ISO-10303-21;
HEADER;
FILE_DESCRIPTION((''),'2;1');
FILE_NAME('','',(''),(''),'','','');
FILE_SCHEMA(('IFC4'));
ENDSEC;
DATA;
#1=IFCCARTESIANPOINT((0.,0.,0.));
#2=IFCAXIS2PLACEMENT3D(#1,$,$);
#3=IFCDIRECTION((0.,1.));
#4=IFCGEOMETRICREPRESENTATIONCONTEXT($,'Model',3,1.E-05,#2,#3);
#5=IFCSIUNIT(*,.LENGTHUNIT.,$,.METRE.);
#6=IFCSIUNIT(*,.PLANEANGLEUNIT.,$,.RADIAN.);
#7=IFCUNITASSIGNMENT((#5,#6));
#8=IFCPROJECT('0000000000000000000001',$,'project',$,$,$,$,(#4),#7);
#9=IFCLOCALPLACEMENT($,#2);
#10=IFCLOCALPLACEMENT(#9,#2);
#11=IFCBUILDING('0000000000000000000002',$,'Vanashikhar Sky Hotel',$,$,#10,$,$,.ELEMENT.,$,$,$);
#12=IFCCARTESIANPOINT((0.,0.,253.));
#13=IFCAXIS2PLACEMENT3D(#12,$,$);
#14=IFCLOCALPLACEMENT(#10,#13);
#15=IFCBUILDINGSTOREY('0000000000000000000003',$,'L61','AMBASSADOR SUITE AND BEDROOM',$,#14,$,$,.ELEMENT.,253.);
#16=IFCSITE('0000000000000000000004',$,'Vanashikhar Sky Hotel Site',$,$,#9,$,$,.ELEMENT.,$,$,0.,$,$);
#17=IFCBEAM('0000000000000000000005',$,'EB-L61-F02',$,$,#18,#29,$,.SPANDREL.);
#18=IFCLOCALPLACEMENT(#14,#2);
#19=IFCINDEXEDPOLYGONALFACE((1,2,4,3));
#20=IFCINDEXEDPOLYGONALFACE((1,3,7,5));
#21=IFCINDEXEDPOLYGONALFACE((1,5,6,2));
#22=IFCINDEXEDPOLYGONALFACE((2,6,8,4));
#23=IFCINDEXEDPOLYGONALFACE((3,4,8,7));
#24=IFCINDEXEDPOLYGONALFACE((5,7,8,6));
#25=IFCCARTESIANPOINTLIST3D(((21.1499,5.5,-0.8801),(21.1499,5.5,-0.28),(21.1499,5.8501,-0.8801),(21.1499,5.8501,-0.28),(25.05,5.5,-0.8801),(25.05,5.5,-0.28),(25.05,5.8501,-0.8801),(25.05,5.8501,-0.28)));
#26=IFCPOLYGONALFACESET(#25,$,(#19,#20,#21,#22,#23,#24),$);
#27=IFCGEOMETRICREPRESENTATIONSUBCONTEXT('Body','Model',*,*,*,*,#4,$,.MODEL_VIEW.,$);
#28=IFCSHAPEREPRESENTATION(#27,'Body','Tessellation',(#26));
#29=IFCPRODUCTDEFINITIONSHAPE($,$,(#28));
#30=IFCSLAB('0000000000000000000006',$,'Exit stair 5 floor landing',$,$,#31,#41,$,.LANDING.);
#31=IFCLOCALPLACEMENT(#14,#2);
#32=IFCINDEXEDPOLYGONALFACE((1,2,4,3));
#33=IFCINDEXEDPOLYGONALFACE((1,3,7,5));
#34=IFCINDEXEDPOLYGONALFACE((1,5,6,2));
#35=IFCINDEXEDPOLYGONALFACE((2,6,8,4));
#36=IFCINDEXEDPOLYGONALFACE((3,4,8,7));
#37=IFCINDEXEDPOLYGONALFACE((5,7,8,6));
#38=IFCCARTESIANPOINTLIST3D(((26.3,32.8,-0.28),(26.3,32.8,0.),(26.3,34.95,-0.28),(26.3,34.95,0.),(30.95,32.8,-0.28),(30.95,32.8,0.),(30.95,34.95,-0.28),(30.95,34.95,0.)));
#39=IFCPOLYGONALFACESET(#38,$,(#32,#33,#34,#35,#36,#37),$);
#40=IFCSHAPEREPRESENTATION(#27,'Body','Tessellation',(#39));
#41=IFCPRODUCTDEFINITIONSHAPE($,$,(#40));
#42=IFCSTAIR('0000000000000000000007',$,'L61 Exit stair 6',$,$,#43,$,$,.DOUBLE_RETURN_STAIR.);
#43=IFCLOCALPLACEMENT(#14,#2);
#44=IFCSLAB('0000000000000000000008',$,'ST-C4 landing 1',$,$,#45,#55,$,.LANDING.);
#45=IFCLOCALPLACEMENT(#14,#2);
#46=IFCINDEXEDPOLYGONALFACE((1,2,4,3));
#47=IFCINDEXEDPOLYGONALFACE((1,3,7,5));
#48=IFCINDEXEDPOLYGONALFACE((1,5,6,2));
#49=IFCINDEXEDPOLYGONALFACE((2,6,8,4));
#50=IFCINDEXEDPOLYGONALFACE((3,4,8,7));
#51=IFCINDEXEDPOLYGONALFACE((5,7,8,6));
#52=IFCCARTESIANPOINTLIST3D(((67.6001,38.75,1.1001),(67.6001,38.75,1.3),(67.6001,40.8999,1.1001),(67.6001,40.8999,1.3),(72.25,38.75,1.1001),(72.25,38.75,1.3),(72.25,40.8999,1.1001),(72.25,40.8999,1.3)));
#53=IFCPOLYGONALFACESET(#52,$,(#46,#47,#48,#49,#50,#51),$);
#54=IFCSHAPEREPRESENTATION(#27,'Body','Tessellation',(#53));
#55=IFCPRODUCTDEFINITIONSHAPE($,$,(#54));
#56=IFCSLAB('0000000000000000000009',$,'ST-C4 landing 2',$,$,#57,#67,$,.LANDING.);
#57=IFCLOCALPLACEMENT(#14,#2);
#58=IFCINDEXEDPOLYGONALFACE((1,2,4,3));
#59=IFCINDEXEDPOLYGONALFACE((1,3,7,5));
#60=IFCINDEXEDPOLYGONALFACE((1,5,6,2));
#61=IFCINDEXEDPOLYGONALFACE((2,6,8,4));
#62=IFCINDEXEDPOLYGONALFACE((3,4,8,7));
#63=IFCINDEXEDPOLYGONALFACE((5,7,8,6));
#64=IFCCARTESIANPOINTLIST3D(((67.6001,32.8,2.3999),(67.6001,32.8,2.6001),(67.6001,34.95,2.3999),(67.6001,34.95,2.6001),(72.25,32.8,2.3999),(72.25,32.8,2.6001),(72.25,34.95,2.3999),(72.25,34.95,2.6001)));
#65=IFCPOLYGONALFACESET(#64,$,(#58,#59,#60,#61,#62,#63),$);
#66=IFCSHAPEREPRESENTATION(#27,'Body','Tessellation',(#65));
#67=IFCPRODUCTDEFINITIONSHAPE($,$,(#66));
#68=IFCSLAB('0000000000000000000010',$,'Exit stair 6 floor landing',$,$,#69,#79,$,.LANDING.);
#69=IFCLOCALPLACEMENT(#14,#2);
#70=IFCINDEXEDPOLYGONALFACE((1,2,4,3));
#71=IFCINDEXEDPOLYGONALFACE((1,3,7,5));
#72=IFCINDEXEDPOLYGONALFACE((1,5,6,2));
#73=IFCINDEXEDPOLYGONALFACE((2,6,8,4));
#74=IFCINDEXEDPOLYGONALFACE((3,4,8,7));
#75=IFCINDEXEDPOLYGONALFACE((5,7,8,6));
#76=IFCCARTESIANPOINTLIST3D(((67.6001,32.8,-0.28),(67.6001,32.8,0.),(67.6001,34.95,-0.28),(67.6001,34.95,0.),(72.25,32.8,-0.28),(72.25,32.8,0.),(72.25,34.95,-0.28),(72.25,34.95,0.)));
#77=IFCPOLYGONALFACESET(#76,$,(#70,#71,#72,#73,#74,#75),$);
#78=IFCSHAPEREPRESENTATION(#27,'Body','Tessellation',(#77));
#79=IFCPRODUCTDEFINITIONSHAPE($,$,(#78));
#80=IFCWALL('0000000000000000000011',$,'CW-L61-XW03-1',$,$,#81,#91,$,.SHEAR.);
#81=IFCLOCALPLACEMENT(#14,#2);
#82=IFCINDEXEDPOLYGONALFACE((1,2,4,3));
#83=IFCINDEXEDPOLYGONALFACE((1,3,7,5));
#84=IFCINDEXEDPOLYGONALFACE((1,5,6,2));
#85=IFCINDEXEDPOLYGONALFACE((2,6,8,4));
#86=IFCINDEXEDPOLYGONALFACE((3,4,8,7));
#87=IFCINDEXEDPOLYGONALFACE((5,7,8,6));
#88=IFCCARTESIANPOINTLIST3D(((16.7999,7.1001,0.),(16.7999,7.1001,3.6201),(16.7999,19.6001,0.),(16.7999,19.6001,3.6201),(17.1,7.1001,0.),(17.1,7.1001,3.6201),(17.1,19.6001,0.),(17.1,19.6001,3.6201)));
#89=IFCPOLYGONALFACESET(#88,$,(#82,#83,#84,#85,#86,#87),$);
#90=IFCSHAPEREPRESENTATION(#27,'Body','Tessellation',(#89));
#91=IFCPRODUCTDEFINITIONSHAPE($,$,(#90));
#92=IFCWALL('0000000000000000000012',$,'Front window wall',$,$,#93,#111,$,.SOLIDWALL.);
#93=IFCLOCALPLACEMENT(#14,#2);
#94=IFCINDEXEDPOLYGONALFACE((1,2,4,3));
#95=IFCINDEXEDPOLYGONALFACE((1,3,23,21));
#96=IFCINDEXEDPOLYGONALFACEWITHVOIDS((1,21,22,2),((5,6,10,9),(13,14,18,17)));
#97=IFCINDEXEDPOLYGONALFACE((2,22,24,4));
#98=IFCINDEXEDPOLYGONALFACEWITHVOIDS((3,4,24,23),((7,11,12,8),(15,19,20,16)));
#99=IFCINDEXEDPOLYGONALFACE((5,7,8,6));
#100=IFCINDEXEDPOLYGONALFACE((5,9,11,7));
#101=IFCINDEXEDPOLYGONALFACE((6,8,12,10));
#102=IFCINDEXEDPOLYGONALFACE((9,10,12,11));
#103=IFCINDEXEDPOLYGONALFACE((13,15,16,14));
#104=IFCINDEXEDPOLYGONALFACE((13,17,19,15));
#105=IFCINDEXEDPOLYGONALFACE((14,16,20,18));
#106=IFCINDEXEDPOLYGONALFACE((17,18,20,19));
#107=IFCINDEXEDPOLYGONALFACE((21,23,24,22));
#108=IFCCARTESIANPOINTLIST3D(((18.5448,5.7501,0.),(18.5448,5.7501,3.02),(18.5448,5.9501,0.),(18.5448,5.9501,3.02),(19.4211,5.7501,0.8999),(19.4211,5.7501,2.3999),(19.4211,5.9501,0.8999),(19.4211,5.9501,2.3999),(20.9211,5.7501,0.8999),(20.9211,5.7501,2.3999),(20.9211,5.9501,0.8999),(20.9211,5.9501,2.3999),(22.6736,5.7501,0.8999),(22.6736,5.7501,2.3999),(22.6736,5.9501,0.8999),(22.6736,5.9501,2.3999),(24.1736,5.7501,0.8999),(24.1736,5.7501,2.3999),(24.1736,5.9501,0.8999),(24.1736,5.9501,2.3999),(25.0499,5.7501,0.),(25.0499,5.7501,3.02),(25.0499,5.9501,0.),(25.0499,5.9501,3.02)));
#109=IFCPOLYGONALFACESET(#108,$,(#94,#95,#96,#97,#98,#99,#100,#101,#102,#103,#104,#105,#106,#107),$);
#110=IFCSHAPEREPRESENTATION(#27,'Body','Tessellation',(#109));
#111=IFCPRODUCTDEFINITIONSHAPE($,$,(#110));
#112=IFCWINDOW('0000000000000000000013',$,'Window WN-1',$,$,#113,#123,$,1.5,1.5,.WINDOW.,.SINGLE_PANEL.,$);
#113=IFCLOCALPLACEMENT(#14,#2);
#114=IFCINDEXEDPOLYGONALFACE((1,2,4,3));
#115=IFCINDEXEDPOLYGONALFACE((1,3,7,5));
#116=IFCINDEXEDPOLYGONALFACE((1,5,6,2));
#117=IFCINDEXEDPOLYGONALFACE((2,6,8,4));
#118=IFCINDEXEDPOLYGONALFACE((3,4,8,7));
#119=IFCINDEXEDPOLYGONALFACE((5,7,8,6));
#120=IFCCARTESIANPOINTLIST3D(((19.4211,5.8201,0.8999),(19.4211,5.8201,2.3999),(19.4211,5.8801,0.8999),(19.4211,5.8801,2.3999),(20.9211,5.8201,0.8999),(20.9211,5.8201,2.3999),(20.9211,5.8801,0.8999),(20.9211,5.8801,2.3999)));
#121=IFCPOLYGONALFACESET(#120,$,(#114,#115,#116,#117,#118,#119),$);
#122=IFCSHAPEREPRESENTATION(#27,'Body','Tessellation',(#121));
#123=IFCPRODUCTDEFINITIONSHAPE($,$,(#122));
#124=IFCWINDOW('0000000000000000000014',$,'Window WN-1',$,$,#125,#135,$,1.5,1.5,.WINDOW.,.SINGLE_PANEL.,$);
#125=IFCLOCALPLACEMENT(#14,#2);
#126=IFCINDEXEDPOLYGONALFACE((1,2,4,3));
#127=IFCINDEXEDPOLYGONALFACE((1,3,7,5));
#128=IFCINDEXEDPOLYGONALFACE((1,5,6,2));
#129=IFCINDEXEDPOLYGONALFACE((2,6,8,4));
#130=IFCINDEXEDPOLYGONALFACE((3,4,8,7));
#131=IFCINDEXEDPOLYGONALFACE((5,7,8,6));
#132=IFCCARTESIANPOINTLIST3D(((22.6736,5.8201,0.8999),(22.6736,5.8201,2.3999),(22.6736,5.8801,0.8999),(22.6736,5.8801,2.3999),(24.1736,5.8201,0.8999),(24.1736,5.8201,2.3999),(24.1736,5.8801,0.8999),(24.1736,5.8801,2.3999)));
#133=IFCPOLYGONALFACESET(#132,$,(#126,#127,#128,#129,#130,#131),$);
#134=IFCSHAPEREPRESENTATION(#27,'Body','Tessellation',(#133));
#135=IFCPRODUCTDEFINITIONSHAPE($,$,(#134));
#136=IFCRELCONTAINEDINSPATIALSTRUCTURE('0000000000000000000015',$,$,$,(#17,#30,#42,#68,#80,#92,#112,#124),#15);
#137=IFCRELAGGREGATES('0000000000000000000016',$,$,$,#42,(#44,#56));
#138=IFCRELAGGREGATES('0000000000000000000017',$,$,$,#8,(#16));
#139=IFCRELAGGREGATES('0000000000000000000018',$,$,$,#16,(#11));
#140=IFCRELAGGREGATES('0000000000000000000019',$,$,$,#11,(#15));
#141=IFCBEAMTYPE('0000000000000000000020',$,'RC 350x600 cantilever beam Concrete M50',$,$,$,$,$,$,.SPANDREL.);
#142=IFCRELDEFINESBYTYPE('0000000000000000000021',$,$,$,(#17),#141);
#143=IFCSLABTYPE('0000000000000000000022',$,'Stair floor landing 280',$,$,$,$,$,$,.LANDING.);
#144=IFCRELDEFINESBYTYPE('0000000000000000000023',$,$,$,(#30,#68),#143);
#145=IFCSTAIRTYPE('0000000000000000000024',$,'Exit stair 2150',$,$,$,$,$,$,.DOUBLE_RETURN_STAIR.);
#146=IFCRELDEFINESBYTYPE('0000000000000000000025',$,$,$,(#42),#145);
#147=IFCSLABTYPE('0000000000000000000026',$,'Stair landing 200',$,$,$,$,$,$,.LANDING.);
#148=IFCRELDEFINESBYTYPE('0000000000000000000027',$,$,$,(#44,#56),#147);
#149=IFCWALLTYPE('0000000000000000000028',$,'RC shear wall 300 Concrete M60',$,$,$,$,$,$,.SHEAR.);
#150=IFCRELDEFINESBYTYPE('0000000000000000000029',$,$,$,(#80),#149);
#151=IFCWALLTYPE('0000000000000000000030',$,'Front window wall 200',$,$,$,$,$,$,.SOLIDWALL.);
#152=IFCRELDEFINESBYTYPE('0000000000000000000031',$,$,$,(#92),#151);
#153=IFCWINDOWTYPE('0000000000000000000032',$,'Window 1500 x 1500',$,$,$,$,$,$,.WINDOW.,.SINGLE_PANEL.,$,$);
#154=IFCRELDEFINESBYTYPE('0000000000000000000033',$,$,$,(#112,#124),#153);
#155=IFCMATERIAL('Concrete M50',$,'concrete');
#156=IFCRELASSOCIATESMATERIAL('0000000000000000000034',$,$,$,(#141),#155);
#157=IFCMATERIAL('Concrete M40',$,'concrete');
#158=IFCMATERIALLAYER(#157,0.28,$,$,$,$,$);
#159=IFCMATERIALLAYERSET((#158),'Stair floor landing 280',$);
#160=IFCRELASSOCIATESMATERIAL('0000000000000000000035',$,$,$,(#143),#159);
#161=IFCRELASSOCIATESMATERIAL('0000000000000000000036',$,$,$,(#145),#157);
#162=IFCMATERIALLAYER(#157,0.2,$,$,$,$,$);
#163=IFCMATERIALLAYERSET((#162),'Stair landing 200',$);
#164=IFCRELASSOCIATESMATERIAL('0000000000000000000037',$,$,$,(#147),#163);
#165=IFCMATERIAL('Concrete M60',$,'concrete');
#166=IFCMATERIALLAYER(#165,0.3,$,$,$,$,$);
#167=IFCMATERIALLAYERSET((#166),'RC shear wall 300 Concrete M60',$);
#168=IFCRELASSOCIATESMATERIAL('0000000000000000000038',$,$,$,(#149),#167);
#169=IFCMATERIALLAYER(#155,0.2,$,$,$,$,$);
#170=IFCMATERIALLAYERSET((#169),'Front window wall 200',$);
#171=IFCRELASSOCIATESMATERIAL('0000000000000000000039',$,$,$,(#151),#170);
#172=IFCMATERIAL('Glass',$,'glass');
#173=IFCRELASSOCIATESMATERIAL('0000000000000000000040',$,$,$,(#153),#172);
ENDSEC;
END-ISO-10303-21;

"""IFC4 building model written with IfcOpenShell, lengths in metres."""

from ifc_helpers import new_model, si_unit, direction, frame, frame_2d, origin, origin_2d, place, context, subcontext, project, spatial, polyline, rectangle, outline, extrude, source, transform, mapped, material, layer, layer_set, material_profile, profile_set, type_object, element, fill, aggregate, save


model = new_model("IFC4")

# Units and contexts
model_context = context("Model", 3, precision=1e-05, world=origin(), true_north=direction((0.0, 1.0)))
body_context = subcontext(model_context, "Body", "Model", "MODEL_VIEW")
ifc_project = project(units=[si_unit("LENGTHUNIT", "METRE"), si_unit("PLANEANGLEUNIT", "RADIAN")], contexts=[model_context])

# Site, building, storey
site_placement = place(None, origin())
site = spatial("IfcSite", under=ifc_project, at=site_placement, Name="Vanashikhar Sky Hotel Site", CompositionType="ELEMENT", RefElevation=0.0)
building_placement = place(site_placement, origin())
building = spatial("IfcBuilding", under=site, at=building_placement, Name="Vanashikhar Sky Hotel", CompositionType="ELEMENT")
storey_placement = place(building_placement, frame((0.0, 0.0, 253.0)))
storey = spatial("IfcBuildingStorey", under=building, at=storey_placement, Name="L61", Description="AMBASSADOR SUITE AND BEDROOM", CompositionType="ELEMENT", Elevation=253.0)

# Beam
ifc_material_1 = material(Name="Concrete M50", Category="concrete")
ifc_material_profile = material_profile(ifc_material_1, rectangle(XDim=0.3501, YDim=0.6001, at=origin_2d()))
ifc_profile_set = profile_set([ifc_material_profile], Name="RC 350x600 cantilever beam Concrete M50")
beam_type = type_object("IfcBeamType", Name="RC 350x600 cantilever beam Concrete M50", PredefinedType="SPANDREL", material=ifc_profile_set)
shared_shape_1 = source(origin(), body_context, "Body", "SweptSolid", [
    extrude(rectangle(XDim=0.3501, YDim=0.6001, at=origin_2d()), origin(), (0.0, 0.0, 1.0), 3.9001),
])
beam_placement = place(storey_placement, frame((21.1499, 5.675, -0.5801), z_axis=(1.0, 0.0, 0.0), x_axis=(0.0, 1.0, 0.0)))
element("IfcBeam", 1, at=beam_placement, inside=storey, type_object=beam_type, Name="EB-L61-F02", PredefinedType="SPANDREL", context=body_context, shape_type="MappedRepresentation", body=[
    mapped(shared_shape_1, transform((0.0, 0.0, 0.0), scale=1.0)),
])

# Slab
ifc_material_2 = material(Name="Concrete M40", Category="concrete")
ifc_layer_1 = layer(ifc_material_2, 0.28)
ifc_layer_set_1 = layer_set([ifc_layer_1], Name="Stair floor landing 280")
slab_type_1 = type_object("IfcSlabType", Name="Stair floor landing 280", PredefinedType="LANDING", material=ifc_layer_set_1)
shared_shape_2 = source(origin(), body_context, "Body", "SweptSolid", [
    extrude(outline(polyline([(30.95, 32.8), (30.95, 34.95), (26.3, 34.95), (26.3, 32.8), (30.95, 32.8)])), origin(), (0.0, 0.0, 1.0), 0.28),
])
slab_1_placement = place(storey_placement, frame((0.0, 0.0, -0.28)))
element("IfcSlab", 2, at=slab_1_placement, inside=storey, type_object=slab_type_1, Name="Exit stair 5 floor landing", PredefinedType="LANDING", context=body_context, shape_type="MappedRepresentation", body=[
    mapped(shared_shape_2, transform((0.0, 0.0, 0.0), scale=1.0)),
])

# Stair, slabs
stair_type = type_object("IfcStairType", Name="Exit stair 2150", PredefinedType="DOUBLE_RETURN_STAIR", material=ifc_material_2)
stair_placement = place(storey_placement, origin())
stair = element("IfcStair", 3, at=stair_placement, inside=storey, type_object=stair_type, Name="L61 Exit stair 6", PredefinedType="DOUBLE_RETURN_STAIR")
ifc_layer_2 = layer(ifc_material_2, 0.2)
ifc_layer_set_2 = layer_set([ifc_layer_2], Name="Stair landing 200")
slab_type_2 = type_object("IfcSlabType", Name="Stair landing 200", PredefinedType="LANDING", material=ifc_layer_set_2)
shared_shape_3 = source(origin(), body_context, "Body", "SweptSolid", [
    extrude(outline(polyline([(72.25, 38.75), (72.25, 40.8999), (67.6001, 40.8999), (67.6001, 38.75), (72.25, 38.75)])), origin(), (0.0, 0.0, 1.0), 0.2),
])
slab_2_placement = place(storey_placement, frame((0.0, 0.0, 1.1001)))
slab_2 = element("IfcSlab", 4, at=slab_2_placement, type_object=slab_type_2, Name="ST-C4 landing 1", PredefinedType="LANDING", context=body_context, shape_type="MappedRepresentation", body=[
    mapped(shared_shape_3, transform((0.0, 0.0, 0.0), scale=1.0)),
])
shared_shape_4 = source(origin(), body_context, "Body", "SweptSolid", [
    extrude(outline(polyline([(72.25, 32.8), (72.25, 34.95), (67.6001, 34.95), (67.6001, 32.8), (72.25, 32.8)])), origin(), (0.0, 0.0, 1.0), 0.2002),
])
slab_3_placement = place(storey_placement, frame((0.0, 0.0, 2.3999)))
slab_3 = element("IfcSlab", 5, at=slab_3_placement, type_object=slab_type_2, Name="ST-C4 landing 2", PredefinedType="LANDING", context=body_context, shape_type="MappedRepresentation", body=[
    mapped(shared_shape_4, transform((0.0, 0.0, 0.0), scale=1.0)),
])
aggregate(stair, [slab_2, slab_3])

# Slab
shared_shape_5 = source(origin(), body_context, "Body", "SweptSolid", [
    extrude(outline(polyline([(72.25, 32.8), (72.25, 34.95), (67.6001, 34.95), (67.6001, 32.8), (72.25, 32.8)])), origin(), (0.0, 0.0, 1.0), 0.28),
])
slab_4_placement = place(storey_placement, frame((0.0, 0.0, -0.28)))
element("IfcSlab", 6, at=slab_4_placement, inside=storey, type_object=slab_type_1, Name="Exit stair 6 floor landing", PredefinedType="LANDING", context=body_context, shape_type="MappedRepresentation", body=[
    mapped(shared_shape_5, transform((0.0, 0.0, 0.0), scale=1.0)),
])

# Wall
ifc_material_3 = material(Name="Concrete M60", Category="concrete")
ifc_layer_3 = layer(ifc_material_3, 0.3)
ifc_layer_set_3 = layer_set([ifc_layer_3], Name="RC shear wall 300 Concrete M60")
wall_type_1 = type_object("IfcWallType", Name="RC shear wall 300 Concrete M60", PredefinedType="SHEAR", material=ifc_layer_set_3)
shared_shape_6 = source(origin(), body_context, "Body", "SweptSolid", [
    extrude(rectangle(XDim=12.5, YDim=0.3, at=frame_2d((6.25, 0.0))), origin(), (0.0, 0.0, 1.0), 3.6201),
])
wall_1_placement = place(storey_placement, frame((16.95, 7.1001, 0.0), z_axis=(0.0, 0.0, 1.0), x_axis=(0.0, 1.0, 0.0)))
element("IfcWall", 7, at=wall_1_placement, inside=storey, type_object=wall_type_1, Name="CW-L61-XW03-1", PredefinedType="SHEAR", context=body_context, shape_type="MappedRepresentation", body=[
    mapped(shared_shape_6, transform((0.0, 0.0, 0.0), scale=1.0)),
])

# Wall, openings, windows
ifc_layer_4 = layer(ifc_material_1, 0.2)
ifc_layer_set_4 = layer_set([ifc_layer_4], Name="Front window wall 200")
wall_type_2 = type_object("IfcWallType", Name="Front window wall 200", PredefinedType="SOLIDWALL", material=ifc_layer_set_4)
shared_shape_7 = source(origin(), body_context, "Body", "SweptSolid", [
    extrude(rectangle(XDim=6.5051, YDim=0.2, at=frame_2d((3.2524, 0.0))), origin(), (0.0, 0.0, 1.0), 3.02),
])
wall_2_placement = place(storey_placement, frame((18.5449, 5.8501, 0.0), z_axis=(0.0, 0.0, 1.0), x_axis=(1.0, 0.0, 0.0)))
wall_2 = element("IfcWall", 8, at=wall_2_placement, inside=storey, type_object=wall_type_2, Name="Front window wall", PredefinedType="SOLIDWALL", context=body_context, shape_type="MappedRepresentation", body=[
    mapped(shared_shape_7, transform((0.0, 0.0, 0.0), scale=1.0)),
])
shared_shape_8 = source(origin(), body_context, "Body", "SweptSolid", [
    extrude(rectangle(XDim=1.5, YDim=1.5, at=frame_2d((0.75, 0.75))), frame((0.0, 0.1099, 0.0), z_axis=(0.0, -1.0, 0.0), x_axis=(1.0, 0.0, 0.0)), (0.0, 0.0, 1.0), 0.22),
])
opening_1_placement = place(wall_2_placement, frame((0.8762, 0.0, 0.8999)))
opening_1 = element("IfcOpeningElement", 9, at=opening_1_placement, cuts=wall_2, PredefinedType="OPENING", context=body_context, shape_type="MappedRepresentation", body=[
    mapped(shared_shape_8, transform((0.0, 0.0, 0.0), scale=1.0)),
])
opening_2_placement = place(wall_2_placement, frame((4.1287, 0.0, 0.8999)))
opening_2 = element("IfcOpeningElement", 10, at=opening_2_placement, cuts=wall_2, PredefinedType="OPENING", context=body_context, shape_type="MappedRepresentation", body=[
    mapped(shared_shape_8, transform((0.0, 0.0, 0.0), scale=1.0)),
])
ifc_material_4 = material(Name="Glass", Category="glass")
window_type_1 = type_object("IfcWindowType", Name="Window 1500 x 1500", PartitioningType="SINGLE_PANEL", PredefinedType="WINDOW", material=ifc_material_4)
shared_shape_9 = source(origin(), body_context, "Body", "SweptSolid", [
    extrude(rectangle(XDim=1.5, YDim=1.5, at=frame_2d((0.75, 0.75))), frame((0.0, 0.03, 0.0), z_axis=(0.0, -1.0, 0.0), x_axis=(1.0, 0.0, 0.0)), (0.0, 0.0, 1.0), 0.0601),
])
window_1_placement = place(opening_1_placement, origin())
window_1 = element("IfcWindow", 11, at=window_1_placement, inside=storey, type_object=window_type_1, Name="Window WN-1", OverallHeight=1.5, OverallWidth=1.5, PartitioningType="SINGLE_PANEL", PredefinedType="WINDOW", context=body_context, shape_type="MappedRepresentation", body=[
    mapped(shared_shape_9, transform((0.0, 0.0, 0.0), scale=1.0)),
])
fill(opening_1, window_1)
window_2_placement = place(opening_2_placement, origin())
window_2 = element("IfcWindow", 12, at=window_2_placement, inside=storey, type_object=window_type_1, Name="Window WN-1", OverallHeight=1.5, OverallWidth=1.5, PartitioningType="SINGLE_PANEL", PredefinedType="WINDOW", context=body_context, shape_type="MappedRepresentation", body=[
    mapped(shared_shape_9, transform((0.0, 0.0, 0.0), scale=1.0)),
])
fill(opening_2, window_2)

save(model, "model.ifc")
